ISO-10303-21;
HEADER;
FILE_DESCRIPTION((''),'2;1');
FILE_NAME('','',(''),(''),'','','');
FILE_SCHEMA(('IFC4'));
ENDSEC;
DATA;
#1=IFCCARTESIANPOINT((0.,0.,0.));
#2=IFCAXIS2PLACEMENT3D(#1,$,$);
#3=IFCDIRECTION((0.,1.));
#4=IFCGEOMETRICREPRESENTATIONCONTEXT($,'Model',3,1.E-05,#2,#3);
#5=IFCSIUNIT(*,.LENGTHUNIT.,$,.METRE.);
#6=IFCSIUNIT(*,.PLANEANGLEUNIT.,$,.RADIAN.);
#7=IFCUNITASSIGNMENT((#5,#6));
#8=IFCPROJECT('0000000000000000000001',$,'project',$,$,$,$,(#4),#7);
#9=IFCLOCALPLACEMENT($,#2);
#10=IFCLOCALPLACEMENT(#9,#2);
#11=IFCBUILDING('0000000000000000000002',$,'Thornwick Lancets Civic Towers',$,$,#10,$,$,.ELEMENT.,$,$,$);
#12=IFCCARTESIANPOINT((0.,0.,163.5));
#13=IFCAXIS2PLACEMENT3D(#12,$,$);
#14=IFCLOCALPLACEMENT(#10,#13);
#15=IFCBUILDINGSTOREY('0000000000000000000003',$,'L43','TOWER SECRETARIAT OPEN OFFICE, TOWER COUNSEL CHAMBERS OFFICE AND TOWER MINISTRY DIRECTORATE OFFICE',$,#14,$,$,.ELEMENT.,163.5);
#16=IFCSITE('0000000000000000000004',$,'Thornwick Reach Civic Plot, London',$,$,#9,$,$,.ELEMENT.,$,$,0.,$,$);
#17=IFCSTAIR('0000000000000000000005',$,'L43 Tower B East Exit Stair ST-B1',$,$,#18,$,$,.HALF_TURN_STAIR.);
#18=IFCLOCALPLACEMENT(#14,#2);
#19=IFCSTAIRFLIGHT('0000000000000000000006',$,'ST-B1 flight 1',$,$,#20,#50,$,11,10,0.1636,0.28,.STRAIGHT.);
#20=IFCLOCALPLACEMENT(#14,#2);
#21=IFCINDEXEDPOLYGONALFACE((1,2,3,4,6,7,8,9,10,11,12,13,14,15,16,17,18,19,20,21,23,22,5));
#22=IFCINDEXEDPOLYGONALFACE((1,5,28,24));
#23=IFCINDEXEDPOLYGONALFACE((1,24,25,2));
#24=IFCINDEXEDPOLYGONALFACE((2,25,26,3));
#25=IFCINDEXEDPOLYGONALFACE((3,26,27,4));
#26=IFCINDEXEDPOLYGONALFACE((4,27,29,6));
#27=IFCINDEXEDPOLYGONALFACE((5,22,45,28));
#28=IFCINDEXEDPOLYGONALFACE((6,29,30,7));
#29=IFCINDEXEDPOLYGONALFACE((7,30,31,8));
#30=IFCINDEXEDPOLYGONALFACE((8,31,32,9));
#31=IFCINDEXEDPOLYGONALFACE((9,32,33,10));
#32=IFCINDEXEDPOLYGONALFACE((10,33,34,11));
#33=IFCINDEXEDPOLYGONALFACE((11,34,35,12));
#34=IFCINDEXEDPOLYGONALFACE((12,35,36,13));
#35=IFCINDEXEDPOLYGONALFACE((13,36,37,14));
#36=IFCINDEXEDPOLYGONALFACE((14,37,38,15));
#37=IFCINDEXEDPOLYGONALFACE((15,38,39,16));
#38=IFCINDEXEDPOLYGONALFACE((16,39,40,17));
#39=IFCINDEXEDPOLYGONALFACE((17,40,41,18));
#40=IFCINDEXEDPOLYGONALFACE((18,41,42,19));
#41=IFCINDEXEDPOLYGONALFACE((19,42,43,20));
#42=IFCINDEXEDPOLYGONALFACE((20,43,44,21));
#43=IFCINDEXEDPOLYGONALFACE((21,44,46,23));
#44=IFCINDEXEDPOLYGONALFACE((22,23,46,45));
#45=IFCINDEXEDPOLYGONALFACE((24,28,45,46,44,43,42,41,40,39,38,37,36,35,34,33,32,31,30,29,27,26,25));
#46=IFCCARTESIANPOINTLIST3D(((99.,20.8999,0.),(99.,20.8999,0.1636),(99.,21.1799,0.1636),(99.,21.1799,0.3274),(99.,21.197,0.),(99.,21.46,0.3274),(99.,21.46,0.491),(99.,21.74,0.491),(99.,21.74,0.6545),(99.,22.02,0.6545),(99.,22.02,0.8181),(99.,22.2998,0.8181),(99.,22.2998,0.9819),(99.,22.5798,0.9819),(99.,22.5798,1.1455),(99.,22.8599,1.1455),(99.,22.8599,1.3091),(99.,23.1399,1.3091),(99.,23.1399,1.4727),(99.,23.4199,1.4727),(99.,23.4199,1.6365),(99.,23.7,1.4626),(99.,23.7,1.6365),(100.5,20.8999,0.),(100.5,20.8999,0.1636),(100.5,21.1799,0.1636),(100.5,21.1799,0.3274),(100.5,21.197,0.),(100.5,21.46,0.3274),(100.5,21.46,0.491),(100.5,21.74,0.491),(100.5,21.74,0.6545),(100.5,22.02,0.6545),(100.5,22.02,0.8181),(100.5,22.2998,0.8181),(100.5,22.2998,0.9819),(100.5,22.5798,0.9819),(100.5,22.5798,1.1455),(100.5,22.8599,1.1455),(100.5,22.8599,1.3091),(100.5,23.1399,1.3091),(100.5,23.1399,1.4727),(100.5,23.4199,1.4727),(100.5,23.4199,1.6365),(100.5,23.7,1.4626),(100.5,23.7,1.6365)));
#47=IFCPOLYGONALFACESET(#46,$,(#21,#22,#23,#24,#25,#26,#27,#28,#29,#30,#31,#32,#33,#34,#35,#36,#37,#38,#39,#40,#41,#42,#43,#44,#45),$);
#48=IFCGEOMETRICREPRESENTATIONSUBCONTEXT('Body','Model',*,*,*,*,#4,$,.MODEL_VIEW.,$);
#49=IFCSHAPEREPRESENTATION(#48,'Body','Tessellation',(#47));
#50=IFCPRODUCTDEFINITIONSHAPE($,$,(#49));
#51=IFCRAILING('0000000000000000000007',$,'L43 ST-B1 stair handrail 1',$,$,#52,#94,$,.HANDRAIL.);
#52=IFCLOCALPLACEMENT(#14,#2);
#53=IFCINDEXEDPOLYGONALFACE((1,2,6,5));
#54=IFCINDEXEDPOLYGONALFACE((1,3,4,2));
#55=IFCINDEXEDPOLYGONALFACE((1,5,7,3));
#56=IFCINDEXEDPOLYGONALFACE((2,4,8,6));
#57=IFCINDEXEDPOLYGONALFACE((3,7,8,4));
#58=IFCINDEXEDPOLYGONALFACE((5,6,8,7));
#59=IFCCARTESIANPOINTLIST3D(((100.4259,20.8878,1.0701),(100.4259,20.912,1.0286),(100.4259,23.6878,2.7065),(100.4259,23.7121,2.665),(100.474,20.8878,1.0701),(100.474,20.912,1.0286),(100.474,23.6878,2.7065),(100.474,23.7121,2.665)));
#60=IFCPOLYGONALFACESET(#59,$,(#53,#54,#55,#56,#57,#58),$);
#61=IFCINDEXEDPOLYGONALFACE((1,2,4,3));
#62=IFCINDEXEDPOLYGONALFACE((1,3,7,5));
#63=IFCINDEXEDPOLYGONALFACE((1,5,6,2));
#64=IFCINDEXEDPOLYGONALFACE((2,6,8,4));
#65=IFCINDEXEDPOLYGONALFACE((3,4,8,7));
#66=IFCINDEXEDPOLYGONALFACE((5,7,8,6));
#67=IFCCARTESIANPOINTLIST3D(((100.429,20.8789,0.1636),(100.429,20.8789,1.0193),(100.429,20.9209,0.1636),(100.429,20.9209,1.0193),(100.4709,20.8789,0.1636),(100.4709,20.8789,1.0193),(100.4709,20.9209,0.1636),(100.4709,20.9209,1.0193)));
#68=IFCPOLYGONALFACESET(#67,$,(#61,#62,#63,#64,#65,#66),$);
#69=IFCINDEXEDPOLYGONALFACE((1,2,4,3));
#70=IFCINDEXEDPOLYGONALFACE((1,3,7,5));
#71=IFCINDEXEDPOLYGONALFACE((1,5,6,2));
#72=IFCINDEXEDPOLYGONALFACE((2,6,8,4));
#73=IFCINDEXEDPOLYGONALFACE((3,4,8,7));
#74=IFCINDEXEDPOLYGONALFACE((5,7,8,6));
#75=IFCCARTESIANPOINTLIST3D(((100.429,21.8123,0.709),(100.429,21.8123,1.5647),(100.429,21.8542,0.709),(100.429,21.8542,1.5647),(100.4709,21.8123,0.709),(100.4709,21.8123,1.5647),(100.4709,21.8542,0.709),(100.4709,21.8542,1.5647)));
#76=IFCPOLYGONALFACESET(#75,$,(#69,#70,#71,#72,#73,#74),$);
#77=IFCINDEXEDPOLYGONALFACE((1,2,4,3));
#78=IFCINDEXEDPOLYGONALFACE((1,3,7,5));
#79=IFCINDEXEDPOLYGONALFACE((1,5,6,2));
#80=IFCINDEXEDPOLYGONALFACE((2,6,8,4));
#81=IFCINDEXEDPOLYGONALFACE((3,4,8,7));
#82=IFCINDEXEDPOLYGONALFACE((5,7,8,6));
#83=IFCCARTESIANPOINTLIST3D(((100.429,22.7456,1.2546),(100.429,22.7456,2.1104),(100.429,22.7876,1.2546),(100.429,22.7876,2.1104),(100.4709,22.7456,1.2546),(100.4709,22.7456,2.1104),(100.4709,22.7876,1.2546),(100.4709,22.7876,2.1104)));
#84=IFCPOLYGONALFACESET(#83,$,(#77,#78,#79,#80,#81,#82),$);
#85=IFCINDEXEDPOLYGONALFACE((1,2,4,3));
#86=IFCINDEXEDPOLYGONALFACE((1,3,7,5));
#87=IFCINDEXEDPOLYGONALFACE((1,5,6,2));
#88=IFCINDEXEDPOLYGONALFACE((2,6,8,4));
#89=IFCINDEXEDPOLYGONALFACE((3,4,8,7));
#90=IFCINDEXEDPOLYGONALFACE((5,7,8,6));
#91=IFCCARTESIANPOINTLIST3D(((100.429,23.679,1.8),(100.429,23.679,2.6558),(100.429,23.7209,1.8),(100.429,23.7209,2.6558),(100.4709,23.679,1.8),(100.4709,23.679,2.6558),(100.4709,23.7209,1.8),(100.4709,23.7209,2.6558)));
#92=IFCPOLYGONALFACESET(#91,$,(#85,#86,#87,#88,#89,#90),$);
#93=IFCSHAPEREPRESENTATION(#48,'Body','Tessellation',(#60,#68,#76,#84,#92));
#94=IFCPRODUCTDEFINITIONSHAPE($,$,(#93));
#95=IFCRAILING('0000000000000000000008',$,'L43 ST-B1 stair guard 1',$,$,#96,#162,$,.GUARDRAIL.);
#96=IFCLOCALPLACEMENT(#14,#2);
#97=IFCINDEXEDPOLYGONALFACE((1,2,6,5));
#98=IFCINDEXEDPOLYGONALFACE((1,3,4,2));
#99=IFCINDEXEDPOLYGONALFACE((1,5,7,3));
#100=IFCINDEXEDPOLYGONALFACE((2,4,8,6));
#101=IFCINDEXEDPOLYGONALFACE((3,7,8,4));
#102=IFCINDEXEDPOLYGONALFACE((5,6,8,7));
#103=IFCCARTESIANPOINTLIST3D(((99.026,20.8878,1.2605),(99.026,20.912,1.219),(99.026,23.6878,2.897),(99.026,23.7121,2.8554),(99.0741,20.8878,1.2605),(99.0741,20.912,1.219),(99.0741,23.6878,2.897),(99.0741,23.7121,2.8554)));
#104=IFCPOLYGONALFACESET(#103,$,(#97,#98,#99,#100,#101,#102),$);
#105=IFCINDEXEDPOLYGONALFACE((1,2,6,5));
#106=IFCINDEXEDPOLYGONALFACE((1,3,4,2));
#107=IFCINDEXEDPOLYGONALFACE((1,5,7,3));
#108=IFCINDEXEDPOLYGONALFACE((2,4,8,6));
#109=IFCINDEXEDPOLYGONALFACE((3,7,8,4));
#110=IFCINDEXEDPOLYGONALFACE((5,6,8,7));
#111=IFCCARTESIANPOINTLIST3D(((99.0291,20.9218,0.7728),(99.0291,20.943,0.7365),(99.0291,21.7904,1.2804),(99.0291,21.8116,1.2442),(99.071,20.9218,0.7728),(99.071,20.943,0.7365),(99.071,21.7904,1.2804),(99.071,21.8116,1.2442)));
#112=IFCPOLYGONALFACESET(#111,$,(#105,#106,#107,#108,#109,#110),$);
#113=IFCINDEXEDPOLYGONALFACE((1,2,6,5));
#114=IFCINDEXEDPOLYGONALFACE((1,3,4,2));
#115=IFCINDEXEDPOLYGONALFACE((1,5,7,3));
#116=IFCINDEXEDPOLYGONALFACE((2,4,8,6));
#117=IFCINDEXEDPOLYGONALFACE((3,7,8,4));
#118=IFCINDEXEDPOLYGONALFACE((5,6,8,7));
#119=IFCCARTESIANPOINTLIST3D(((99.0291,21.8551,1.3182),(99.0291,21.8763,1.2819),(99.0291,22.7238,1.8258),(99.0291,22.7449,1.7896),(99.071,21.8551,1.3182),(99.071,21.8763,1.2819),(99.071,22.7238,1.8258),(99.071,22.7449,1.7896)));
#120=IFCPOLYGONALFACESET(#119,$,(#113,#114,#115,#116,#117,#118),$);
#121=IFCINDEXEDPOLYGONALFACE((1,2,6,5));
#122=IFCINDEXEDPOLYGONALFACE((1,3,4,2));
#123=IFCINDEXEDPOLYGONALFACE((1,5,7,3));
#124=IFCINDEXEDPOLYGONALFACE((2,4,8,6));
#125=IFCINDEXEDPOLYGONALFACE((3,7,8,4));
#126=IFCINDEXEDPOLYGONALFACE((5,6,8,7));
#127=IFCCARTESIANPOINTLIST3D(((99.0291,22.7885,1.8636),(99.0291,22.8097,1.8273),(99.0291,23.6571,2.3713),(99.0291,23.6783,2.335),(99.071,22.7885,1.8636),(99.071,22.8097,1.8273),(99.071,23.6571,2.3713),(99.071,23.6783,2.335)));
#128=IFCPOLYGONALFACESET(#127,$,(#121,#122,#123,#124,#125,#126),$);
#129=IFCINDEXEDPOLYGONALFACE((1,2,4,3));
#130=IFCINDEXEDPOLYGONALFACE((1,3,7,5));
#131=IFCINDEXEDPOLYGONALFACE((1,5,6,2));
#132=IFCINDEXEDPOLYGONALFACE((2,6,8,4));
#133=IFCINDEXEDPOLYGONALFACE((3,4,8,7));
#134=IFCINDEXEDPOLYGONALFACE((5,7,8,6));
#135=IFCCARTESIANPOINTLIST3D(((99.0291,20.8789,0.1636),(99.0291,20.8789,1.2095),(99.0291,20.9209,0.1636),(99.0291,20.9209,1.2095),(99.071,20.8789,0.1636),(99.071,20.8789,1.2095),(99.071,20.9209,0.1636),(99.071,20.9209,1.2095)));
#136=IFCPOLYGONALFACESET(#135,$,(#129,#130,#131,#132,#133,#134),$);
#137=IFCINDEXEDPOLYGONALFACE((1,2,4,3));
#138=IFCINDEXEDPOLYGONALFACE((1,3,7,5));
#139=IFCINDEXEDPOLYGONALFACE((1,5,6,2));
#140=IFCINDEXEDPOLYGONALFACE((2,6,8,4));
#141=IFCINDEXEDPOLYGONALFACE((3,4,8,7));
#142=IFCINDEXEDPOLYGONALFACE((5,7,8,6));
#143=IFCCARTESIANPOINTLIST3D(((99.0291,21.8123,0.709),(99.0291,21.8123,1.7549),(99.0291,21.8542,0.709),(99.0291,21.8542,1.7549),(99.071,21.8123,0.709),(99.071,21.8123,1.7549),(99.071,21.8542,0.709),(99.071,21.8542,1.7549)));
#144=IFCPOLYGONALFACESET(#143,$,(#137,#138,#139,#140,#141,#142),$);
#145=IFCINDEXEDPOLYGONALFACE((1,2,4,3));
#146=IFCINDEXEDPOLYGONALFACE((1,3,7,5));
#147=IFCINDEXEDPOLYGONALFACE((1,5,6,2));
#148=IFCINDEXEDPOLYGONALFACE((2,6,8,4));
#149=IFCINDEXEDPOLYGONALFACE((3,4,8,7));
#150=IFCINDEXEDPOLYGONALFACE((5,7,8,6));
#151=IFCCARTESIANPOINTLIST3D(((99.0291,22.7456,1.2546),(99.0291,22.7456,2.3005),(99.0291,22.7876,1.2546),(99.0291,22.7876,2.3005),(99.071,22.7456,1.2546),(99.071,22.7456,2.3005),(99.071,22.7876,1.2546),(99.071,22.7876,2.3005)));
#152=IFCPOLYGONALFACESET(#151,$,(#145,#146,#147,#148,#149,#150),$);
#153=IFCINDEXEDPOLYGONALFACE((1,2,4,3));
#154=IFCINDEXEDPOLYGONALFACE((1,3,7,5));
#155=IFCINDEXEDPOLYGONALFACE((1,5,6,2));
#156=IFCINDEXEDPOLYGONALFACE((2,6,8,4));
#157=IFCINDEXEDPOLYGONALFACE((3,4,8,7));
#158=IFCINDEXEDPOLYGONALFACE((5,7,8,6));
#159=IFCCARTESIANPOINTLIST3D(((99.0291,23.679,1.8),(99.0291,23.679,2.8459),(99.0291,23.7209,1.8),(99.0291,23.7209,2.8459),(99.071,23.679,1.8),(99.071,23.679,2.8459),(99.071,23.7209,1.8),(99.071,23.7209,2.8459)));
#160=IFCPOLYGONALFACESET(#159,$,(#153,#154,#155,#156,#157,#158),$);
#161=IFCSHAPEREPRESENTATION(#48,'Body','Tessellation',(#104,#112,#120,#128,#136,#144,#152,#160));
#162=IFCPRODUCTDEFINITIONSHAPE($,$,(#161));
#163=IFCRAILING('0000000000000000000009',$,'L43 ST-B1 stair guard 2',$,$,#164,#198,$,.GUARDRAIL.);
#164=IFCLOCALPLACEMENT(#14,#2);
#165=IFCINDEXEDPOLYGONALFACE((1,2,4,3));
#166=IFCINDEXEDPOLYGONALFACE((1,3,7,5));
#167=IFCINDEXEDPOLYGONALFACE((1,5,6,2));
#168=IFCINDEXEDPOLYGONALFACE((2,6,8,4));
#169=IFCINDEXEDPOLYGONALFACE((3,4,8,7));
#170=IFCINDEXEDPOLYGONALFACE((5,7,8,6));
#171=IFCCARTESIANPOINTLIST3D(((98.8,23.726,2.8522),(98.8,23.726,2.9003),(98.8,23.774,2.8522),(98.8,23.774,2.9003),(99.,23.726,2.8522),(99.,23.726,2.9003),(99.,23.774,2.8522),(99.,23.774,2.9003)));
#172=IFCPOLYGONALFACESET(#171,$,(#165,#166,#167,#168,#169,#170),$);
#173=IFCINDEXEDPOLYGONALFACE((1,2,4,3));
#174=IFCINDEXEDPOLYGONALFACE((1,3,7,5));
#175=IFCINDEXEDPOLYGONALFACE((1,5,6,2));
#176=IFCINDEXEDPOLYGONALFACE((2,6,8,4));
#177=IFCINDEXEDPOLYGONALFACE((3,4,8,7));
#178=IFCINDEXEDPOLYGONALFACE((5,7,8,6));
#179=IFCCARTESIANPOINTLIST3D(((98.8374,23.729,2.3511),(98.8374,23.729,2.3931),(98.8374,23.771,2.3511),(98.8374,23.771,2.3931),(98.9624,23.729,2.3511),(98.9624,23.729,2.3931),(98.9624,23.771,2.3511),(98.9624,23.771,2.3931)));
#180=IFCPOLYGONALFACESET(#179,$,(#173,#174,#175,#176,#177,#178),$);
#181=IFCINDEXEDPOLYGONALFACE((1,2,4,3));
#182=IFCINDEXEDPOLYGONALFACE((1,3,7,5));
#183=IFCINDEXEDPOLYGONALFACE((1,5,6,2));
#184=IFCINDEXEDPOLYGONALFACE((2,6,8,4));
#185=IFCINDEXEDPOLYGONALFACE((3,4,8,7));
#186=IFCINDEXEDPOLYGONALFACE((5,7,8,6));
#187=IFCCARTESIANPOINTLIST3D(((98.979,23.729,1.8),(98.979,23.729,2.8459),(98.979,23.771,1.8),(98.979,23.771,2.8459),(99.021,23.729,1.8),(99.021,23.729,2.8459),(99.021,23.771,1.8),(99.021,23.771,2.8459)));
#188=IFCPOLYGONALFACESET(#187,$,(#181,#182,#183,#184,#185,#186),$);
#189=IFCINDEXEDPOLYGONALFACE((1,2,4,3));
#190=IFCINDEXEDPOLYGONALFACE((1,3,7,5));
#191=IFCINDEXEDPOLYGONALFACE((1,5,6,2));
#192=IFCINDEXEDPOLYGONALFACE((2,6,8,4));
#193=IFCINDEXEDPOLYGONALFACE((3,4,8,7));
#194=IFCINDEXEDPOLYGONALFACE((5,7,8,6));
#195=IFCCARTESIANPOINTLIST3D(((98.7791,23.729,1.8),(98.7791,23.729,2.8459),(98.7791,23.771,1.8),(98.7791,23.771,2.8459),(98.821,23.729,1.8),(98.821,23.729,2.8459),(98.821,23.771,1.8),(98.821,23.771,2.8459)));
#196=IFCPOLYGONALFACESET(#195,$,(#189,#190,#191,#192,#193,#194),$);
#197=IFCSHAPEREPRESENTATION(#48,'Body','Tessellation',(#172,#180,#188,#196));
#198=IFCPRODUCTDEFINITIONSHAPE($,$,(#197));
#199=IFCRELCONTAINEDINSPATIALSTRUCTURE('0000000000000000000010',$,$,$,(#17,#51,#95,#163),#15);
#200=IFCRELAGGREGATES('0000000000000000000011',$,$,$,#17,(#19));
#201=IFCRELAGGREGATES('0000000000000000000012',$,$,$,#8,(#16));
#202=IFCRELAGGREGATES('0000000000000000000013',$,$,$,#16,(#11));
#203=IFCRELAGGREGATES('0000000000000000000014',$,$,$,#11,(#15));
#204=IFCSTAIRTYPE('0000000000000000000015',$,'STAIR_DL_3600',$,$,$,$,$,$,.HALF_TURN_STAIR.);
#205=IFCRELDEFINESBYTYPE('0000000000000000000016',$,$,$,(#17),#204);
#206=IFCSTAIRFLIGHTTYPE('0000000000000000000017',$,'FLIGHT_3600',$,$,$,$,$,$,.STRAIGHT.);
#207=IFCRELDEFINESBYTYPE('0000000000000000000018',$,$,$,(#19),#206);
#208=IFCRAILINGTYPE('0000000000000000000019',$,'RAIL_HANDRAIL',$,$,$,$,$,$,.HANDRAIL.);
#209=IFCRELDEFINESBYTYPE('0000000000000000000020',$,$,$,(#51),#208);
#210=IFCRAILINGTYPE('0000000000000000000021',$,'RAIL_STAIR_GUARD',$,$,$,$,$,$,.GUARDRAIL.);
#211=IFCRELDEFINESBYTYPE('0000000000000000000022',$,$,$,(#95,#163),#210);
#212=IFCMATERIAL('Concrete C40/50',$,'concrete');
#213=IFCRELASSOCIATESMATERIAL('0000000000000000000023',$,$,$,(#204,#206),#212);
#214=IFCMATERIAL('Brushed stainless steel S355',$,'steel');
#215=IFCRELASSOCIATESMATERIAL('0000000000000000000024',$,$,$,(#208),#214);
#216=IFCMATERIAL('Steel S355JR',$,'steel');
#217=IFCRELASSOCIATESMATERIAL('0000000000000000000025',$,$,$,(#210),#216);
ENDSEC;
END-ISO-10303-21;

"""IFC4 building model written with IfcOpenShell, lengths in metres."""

from ifc_helpers import new_model, si_unit, direction, frame, origin, origin_2d, place, context, subcontext, project, spatial, polyline, rectangle, outline, extrude, material, type_object, element, aggregate, save


model = new_model("IFC4")

# Units and contexts
model_context = context("Model", 3, precision=1e-05, world=origin(), true_north=direction((0.0, 1.0)))
body_context = subcontext(model_context, "Body", "Model", "MODEL_VIEW")
ifc_project = project(units=[si_unit("LENGTHUNIT", "METRE"), si_unit("PLANEANGLEUNIT", "RADIAN")], contexts=[model_context])

# Site, building, storey
site_placement = place(None, origin())
site = spatial("IfcSite", under=ifc_project, at=site_placement, Name="Thornwick Reach Civic Plot, London", CompositionType="ELEMENT", RefElevation=0.0)
building_placement = place(site_placement, origin())
building = spatial("IfcBuilding", under=site, at=building_placement, Name="Thornwick Lancets Civic Towers", CompositionType="ELEMENT")
storey_placement = place(building_placement, frame((0.0, 0.0, 163.5)))
storey = spatial("IfcBuildingStorey", under=building, at=storey_placement, Name="L43", Description="TOWER SECRETARIAT OPEN OFFICE, TOWER COUNSEL CHAMBERS OFFICE AND TOWER MINISTRY DIRECTORATE OFFICE", CompositionType="ELEMENT", Elevation=163.5)

# Shared definitions
ifc_material_1 = material(Name="Steel S355JR", Category="steel")
ifc_material_2 = material(Name="Concrete C40/50", Category="concrete")

# Stair, stair flight
stair_type = type_object("IfcStairType", Name="STAIR_DL_3600", PredefinedType="HALF_TURN_STAIR", material=ifc_material_2)
stair_placement = place(storey_placement, origin())
stair = element("IfcStair", 1, at=stair_placement, inside=storey, type_object=stair_type, Name="L43 Tower B East Exit Stair ST-B1", PredefinedType="HALF_TURN_STAIR")
stair_flight_type = type_object("IfcStairFlightType", Name="FLIGHT_3600", PredefinedType="STRAIGHT", material=ifc_material_2)
stair_flight_placement = place(storey_placement, frame((99.75, 20.8999, 0.0), z_axis=(0.0, 0.0, 1.0), x_axis=(0.0, 1.0, 0.0)))
stair_flight = element("IfcStairFlight", 2, at=stair_flight_placement, type_object=stair_flight_type, Name="ST-B1 flight 1", NumberOfRisers=11, NumberOfTreads=10, PredefinedType="STRAIGHT", RiserHeight=0.1636, TreadLength=0.28, context=body_context, shape_type="SweptSolid", body=[
    extrude(outline(polyline([(0.0, 0.0), (0.0, 0.1636), (0.28, 0.1636), (0.28, 0.3274), (0.5601, 0.3274), (0.5601, 0.491), (0.8401, 0.491), (0.8401, 0.6545), (1.1201, 0.6545), (1.1201, 0.8181), (1.3999, 0.8181), (1.3999, 0.9819), (1.6799, 0.9819), (1.6799, 1.1455), (1.96, 1.1455), (1.96, 1.3091), (2.24, 1.3091), (2.24, 1.4727), (2.52, 1.4727), (2.52, 1.6365), (2.8, 1.6365), (2.8, 1.8), (2.8, 1.4626), (0.2971, 0.0), (0.0, 0.0)])), frame((0.0, 0.75, 0.0), z_axis=(0.0, -1.0, 0.0), x_axis=(1.0, 0.0, 0.0)), (0.0, 0.0, 1.0), 1.5),
])
aggregate(stair, [stair_flight])

# Railings
ifc_material_3 = material(Name="Brushed stainless steel S355", Category="steel")
railing_type_1 = type_object("IfcRailingType", Name="RAIL_HANDRAIL", PredefinedType="HANDRAIL", material=ifc_material_3)
railing_1_placement = place(storey_placement, frame((100.45, 20.8999, 0.1636)))
element("IfcRailing", 3, at=railing_1_placement, inside=storey, type_object=railing_type_1, Name="L43 ST-B1 stair handrail 1", PredefinedType="HANDRAIL", context=body_context, shape_type="SweptSolid", body=[
    extrude(rectangle(XDim=0.0481, YDim=0.0481, at=origin_2d()), frame((0.0, 0.0, 0.8857), z_axis=(0.0, 0.863361, 0.504587), x_axis=(-1.0, 0.0, 0.0)), (0.0, 0.0, 1.0), 3.2432),
    extrude(rectangle(XDim=0.042, YDim=0.042, at=origin_2d()), origin(), (0.0, 0.0, 1.0), 0.8557),
    extrude(rectangle(XDim=0.042, YDim=0.042, at=origin_2d()), frame((0.0, 0.9333, 0.5454)), (0.0, 0.0, 1.0), 0.8557),
    extrude(rectangle(XDim=0.042, YDim=0.042, at=origin_2d()), frame((0.0, 1.8667, 1.0911)), (0.0, 0.0, 1.0), 0.8557),
    extrude(rectangle(XDim=0.042, YDim=0.042, at=origin_2d()), frame((0.0, 2.8, 1.6365)), (0.0, 0.0, 1.0), 0.8557),
])
railing_type_2 = type_object("IfcRailingType", Name="RAIL_STAIR_GUARD", PredefinedType="GUARDRAIL", material=ifc_material_1)
railing_2_placement = place(storey_placement, frame((99.05, 20.8999, 0.1636)))
element("IfcRailing", 4, at=railing_2_placement, inside=storey, type_object=railing_type_2, Name="L43 ST-B1 stair guard 1", PredefinedType="GUARDRAIL", context=body_context, shape_type="SweptSolid", body=[
    extrude(rectangle(XDim=0.0481, YDim=0.0481, at=origin_2d()), frame((0.0, 0.0, 1.0762), z_axis=(0.0, 0.863361, 0.504587), x_axis=(-1.0, 0.0, 0.0)), (0.0, 0.0, 1.0), 3.2432),
    extrude(rectangle(XDim=0.042, YDim=0.042, at=origin_2d()), frame((0.0, 0.0325, 0.5911), z_axis=(0.0, 0.863361, 0.504587), x_axis=(-1.0, 0.0, 0.0)), (0.0, 0.0, 1.0), 1.0061),
    extrude(rectangle(XDim=0.042, YDim=0.042, at=origin_2d()), frame((0.0, 0.9658, 1.1365), z_axis=(0.0, 0.863361, 0.504587), x_axis=(-1.0, 0.0, 0.0)), (0.0, 0.0, 1.0), 1.0061),
    extrude(rectangle(XDim=0.042, YDim=0.042, at=origin_2d()), frame((0.0, 1.8992, 1.6819), z_axis=(0.0, 0.863361, 0.504587), x_axis=(-1.0, 0.0, 0.0)), (0.0, 0.0, 1.0), 1.0061),
    extrude(rectangle(XDim=0.042, YDim=0.042, at=origin_2d()), origin(), (0.0, 0.0, 1.0), 1.0459),
    extrude(rectangle(XDim=0.042, YDim=0.042, at=origin_2d()), frame((0.0, 0.9333, 0.5454)), (0.0, 0.0, 1.0), 1.0459),
    extrude(rectangle(XDim=0.042, YDim=0.042, at=origin_2d()), frame((0.0, 1.8667, 1.0911)), (0.0, 0.0, 1.0), 1.0459),
    extrude(rectangle(XDim=0.042, YDim=0.042, at=origin_2d()), frame((0.0, 2.8, 1.6365)), (0.0, 0.0, 1.0), 1.0459),
])
railing_3_placement = place(storey_placement, frame((99.0, 23.75, 1.8)))
element("IfcRailing", 5, at=railing_3_placement, inside=storey, type_object=railing_type_2, Name="L43 ST-B1 stair guard 2", PredefinedType="GUARDRAIL", context=body_context, shape_type="SweptSolid", body=[
    extrude(rectangle(XDim=0.0481, YDim=0.0481, at=origin_2d()), frame((0.0, 0.0, 1.0762), z_axis=(-1.0, 0.0, 0.0), x_axis=(0.0, -1.0, 0.0)), (0.0, 0.0, 1.0), 0.2),
    extrude(rectangle(XDim=0.042, YDim=0.042, at=origin_2d()), frame((-0.0376, 0.0, 0.572), z_axis=(-1.0, 0.0, 0.0), x_axis=(0.0, -1.0, 0.0)), (0.0, 0.0, 1.0), 0.125),
    extrude(rectangle(XDim=0.042, YDim=0.042, at=origin_2d()), origin(), (0.0, 0.0, 1.0), 1.0459),
    extrude(rectangle(XDim=0.042, YDim=0.042, at=origin_2d()), frame((-0.2, 0.0, 0.0)), (0.0, 0.0, 1.0), 1.0459),
])

save(model, "model.ifc")
